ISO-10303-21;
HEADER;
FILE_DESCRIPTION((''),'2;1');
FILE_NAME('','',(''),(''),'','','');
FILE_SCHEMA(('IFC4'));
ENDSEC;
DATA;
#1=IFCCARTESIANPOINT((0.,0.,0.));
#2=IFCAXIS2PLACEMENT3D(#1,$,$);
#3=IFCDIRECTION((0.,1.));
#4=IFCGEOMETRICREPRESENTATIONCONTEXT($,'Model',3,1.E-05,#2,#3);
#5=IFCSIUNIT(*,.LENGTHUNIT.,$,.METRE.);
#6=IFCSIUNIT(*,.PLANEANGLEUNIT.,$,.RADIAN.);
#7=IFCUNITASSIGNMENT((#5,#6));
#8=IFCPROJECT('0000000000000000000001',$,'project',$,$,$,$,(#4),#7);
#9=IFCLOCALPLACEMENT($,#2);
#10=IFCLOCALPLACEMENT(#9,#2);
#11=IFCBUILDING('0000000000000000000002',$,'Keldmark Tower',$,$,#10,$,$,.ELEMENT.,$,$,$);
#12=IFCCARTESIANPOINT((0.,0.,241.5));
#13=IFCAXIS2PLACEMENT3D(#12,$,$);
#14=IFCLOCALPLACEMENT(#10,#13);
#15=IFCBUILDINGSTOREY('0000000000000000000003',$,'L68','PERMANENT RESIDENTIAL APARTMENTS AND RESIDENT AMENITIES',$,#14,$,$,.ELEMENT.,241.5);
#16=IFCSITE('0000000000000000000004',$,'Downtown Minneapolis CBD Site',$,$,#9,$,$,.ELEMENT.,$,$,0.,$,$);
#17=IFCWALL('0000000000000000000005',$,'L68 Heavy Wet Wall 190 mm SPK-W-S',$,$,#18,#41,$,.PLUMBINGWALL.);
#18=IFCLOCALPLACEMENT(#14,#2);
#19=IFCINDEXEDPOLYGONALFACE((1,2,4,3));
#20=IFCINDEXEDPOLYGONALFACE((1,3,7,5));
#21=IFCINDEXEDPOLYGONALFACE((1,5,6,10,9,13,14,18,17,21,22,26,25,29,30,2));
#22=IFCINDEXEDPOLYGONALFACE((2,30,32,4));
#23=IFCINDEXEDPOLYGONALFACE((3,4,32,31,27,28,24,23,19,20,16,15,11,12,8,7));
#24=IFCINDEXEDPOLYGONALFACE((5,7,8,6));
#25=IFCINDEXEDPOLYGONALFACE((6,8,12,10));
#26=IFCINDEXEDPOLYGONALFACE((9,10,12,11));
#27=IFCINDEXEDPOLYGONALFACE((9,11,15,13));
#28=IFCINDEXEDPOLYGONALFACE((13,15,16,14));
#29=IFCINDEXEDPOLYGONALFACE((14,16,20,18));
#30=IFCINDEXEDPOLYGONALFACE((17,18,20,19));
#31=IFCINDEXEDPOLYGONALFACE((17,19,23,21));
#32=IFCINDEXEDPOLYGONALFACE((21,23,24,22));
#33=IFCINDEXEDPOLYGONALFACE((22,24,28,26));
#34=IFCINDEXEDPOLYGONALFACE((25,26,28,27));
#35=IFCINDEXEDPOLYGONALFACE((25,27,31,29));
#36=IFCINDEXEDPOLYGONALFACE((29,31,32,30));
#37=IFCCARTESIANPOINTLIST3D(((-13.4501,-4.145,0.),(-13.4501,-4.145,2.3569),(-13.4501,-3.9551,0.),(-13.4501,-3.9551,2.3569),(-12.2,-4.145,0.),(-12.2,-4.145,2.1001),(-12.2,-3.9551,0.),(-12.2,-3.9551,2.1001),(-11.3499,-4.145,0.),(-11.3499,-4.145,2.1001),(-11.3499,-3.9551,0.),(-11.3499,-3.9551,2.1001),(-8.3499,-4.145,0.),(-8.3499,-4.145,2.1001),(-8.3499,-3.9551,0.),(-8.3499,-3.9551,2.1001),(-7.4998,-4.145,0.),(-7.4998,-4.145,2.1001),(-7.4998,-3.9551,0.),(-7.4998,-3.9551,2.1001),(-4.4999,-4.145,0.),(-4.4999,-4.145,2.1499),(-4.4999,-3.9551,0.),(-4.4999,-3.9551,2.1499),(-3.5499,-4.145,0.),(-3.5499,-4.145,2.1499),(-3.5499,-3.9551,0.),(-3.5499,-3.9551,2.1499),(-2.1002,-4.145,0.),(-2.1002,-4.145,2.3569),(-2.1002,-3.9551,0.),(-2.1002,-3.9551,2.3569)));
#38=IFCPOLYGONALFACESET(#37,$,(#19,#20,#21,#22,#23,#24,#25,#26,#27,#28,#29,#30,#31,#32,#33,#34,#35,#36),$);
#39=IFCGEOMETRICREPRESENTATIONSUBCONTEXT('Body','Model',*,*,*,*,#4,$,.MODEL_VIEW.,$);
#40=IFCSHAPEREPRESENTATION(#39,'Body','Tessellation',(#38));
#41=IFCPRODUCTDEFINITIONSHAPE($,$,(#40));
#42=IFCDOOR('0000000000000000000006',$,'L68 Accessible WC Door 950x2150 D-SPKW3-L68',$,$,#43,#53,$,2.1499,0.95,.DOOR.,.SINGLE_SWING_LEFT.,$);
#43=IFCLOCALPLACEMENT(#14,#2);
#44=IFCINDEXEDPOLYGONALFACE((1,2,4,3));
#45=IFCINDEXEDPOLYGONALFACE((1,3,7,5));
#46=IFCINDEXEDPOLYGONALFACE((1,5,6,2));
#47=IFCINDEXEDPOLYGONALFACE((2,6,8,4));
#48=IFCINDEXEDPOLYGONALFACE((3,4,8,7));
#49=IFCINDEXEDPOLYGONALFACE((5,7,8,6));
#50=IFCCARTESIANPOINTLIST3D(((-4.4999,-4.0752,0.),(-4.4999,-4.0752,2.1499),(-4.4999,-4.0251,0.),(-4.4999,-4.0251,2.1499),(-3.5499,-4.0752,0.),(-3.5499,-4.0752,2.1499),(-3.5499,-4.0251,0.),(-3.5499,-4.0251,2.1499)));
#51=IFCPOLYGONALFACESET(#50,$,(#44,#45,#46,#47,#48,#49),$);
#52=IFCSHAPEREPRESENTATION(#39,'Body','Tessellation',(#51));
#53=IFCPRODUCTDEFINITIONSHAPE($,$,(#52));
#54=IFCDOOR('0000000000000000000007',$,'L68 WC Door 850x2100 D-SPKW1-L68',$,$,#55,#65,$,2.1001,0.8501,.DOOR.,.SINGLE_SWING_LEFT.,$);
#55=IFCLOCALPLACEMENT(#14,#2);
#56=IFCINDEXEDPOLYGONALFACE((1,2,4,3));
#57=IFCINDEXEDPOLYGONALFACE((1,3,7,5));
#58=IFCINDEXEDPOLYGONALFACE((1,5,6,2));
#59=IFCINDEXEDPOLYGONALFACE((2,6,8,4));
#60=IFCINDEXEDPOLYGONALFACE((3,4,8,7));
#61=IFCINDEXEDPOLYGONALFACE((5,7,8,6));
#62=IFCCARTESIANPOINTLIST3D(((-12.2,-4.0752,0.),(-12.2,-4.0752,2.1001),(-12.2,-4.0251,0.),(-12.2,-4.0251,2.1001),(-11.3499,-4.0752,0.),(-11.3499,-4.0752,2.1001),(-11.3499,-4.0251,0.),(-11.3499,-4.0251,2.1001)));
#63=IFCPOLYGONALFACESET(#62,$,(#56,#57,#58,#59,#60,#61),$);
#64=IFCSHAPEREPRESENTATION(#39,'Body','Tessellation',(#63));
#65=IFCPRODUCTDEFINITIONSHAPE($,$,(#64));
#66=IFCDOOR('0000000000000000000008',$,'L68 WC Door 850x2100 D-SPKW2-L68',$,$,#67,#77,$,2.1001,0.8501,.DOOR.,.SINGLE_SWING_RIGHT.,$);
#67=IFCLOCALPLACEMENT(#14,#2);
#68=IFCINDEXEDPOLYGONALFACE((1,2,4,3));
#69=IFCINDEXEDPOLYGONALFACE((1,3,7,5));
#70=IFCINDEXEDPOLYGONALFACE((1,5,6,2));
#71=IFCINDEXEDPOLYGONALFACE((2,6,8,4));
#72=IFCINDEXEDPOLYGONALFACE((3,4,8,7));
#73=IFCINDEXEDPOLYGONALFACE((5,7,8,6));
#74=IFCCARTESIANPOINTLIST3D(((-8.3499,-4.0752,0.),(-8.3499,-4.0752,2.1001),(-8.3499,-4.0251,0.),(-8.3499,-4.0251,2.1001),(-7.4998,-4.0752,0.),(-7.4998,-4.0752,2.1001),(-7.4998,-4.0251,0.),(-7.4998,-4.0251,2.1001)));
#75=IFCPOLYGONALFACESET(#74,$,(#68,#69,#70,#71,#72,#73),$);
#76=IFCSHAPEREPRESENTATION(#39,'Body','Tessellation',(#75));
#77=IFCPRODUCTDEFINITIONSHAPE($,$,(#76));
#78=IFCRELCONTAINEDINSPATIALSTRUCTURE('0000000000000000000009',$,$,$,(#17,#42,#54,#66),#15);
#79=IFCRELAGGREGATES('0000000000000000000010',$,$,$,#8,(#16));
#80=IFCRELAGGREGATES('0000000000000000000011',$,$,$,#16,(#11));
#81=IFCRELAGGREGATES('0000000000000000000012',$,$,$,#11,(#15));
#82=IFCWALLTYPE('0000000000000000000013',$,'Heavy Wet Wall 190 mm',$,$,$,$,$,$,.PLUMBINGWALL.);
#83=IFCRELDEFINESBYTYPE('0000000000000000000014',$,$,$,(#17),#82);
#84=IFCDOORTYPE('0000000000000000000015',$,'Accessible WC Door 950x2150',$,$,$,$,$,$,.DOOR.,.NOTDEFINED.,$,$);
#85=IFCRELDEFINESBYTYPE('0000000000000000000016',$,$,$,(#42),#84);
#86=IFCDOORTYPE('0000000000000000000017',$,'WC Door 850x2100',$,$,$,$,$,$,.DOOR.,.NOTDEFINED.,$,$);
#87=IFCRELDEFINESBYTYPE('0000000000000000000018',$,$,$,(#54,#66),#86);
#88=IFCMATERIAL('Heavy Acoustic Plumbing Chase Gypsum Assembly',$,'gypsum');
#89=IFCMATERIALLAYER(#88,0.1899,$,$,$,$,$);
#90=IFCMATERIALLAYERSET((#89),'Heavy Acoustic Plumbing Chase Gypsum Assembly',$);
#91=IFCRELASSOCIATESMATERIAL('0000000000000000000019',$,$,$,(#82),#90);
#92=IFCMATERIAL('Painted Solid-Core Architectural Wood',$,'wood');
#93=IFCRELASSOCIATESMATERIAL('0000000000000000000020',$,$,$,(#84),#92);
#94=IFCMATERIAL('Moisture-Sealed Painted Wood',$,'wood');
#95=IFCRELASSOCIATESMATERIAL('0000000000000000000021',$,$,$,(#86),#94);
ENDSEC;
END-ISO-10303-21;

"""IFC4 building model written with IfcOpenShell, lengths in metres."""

from ifc_helpers import new_model, si_unit, direction, frame, frame_2d, origin, place, context, subcontext, project, spatial, rectangle, extrude, material, layer, layer_set, type_object, element, fill, save


model = new_model("IFC4")

# Units and contexts
model_context = context("Model", 3, precision=1e-05, world=origin(), true_north=direction((0.0, 1.0)))
body_context = subcontext(model_context, "Body", "Model", "MODEL_VIEW")
ifc_project = project(units=[si_unit("LENGTHUNIT", "METRE"), si_unit("PLANEANGLEUNIT", "RADIAN")], contexts=[model_context])

# Site, building, storey
site_placement = place(None, origin())
site = spatial("IfcSite", under=ifc_project, at=site_placement, Name="Downtown Minneapolis CBD Site", CompositionType="ELEMENT", RefElevation=0.0)
building_placement = place(site_placement, origin())
building = spatial("IfcBuilding", under=site, at=building_placement, Name="Keldmark Tower", CompositionType="ELEMENT")
storey_placement = place(building_placement, frame((0.0, 0.0, 241.5)))
storey = spatial("IfcBuildingStorey", under=building, at=storey_placement, Name="L68", Description="PERMANENT RESIDENTIAL APARTMENTS AND RESIDENT AMENITIES", CompositionType="ELEMENT", Elevation=241.5)

# Wall, openings, doors
ifc_material_1 = material(Name="Heavy Acoustic Plumbing Chase Gypsum Assembly", Category="gypsum")
ifc_layer_1 = layer(ifc_material_1, 0.1899)
ifc_layer_set_1 = layer_set([ifc_layer_1], Name="Heavy Acoustic Plumbing Chase Gypsum Assembly")
wall_type_1 = type_object("IfcWallType", Name="Heavy Wet Wall 190 mm", PredefinedType="PLUMBINGWALL", material=ifc_layer_set_1)
wall_1_placement = place(storey_placement, frame((-13.45, -4.05, 0.0), z_axis=(0.0, 0.0, 1.0), x_axis=(1.0, 0.0, 0.0)))
wall_1 = element("IfcWall", 1, at=wall_1_placement, inside=storey, type_object=wall_type_1, Name="L68 Heavy Wet Wall 190 mm SPK-W-S", PredefinedType="PLUMBINGWALL", context=body_context, shape_type="SweptSolid", body=[
    extrude(rectangle(XDim=11.3499, YDim=0.1899, at=frame_2d((5.6748, 0.0))), origin(), (0.0, 0.0, 1.0), 2.3569),
])
opening_1_placement = place(wall_1_placement, frame((1.25, 0.0, 0.0)))
opening_1 = element("IfcOpeningElement", 2, at=opening_1_placement, cuts=wall_1, PredefinedType="OPENING", context=body_context, shape_type="SweptSolid", body=[
    extrude(rectangle(XDim=0.8501, YDim=2.1001, at=frame_2d((0.425, 1.05))), frame((0.0, 0.105, 0.0), z_axis=(0.0, -1.0, 0.0), x_axis=(1.0, 0.0, 0.0)), (0.0, 0.0, 1.0), 0.21),
])
opening_2_placement = place(wall_1_placement, frame((5.1001, 0.0, 0.0)))
opening_2 = element("IfcOpeningElement", 3, at=opening_2_placement, cuts=wall_1, PredefinedType="OPENING", context=body_context, shape_type="SweptSolid", body=[
    extrude(rectangle(XDim=0.8501, YDim=2.1001, at=frame_2d((0.425, 1.05))), frame((0.0, 0.105, 0.0), z_axis=(0.0, -1.0, 0.0), x_axis=(1.0, 0.0, 0.0)), (0.0, 0.0, 1.0), 0.21),
])
opening_3_placement = place(wall_1_placement, frame((8.95, 0.0, 0.0)))
opening_3 = element("IfcOpeningElement", 4, at=opening_3_placement, cuts=wall_1, PredefinedType="OPENING", context=body_context, shape_type="SweptSolid", body=[
    extrude(rectangle(XDim=0.95, YDim=2.1499, at=frame_2d((0.4751, 1.075))), frame((0.0, 0.105, 0.0), z_axis=(0.0, -1.0, 0.0), x_axis=(1.0, 0.0, 0.0)), (0.0, 0.0, 1.0), 0.21),
])
ifc_material_2 = material(Name="Painted Solid-Core Architectural Wood", Category="wood")
door_type_1 = type_object("IfcDoorType", Name="Accessible WC Door 950x2150", OperationType="NOTDEFINED", PredefinedType="DOOR", material=ifc_material_2)
door_1_placement = place(opening_3_placement, origin())
door_1 = element("IfcDoor", 5, at=door_1_placement, inside=storey, type_object=door_type_1, Name="L68 Accessible WC Door 950x2150 D-SPKW3-L68", OperationType="SINGLE_SWING_LEFT", OverallHeight=2.1499, OverallWidth=0.95, PredefinedType="DOOR", context=body_context, shape_type="SweptSolid", body=[
    extrude(rectangle(XDim=0.95, YDim=2.1499, at=frame_2d((0.4751, 1.075))), frame((0.0, 0.0249, 0.0), z_axis=(0.0, -1.0, 0.0), x_axis=(1.0, 0.0, 0.0)), (0.0, 0.0, 1.0), 0.05),
])
fill(opening_3, door_1)
ifc_material_3 = material(Name="Moisture-Sealed Painted Wood", Category="wood")
door_type_2 = type_object("IfcDoorType", Name="WC Door 850x2100", OperationType="NOTDEFINED", PredefinedType="DOOR", material=ifc_material_3)
door_2_placement = place(opening_1_placement, origin())
door_2 = element("IfcDoor", 6, at=door_2_placement, inside=storey, type_object=door_type_2, Name="L68 WC Door 850x2100 D-SPKW1-L68", OperationType="SINGLE_SWING_LEFT", OverallHeight=2.1001, OverallWidth=0.8501, PredefinedType="DOOR", context=body_context, shape_type="SweptSolid", body=[
    extrude(rectangle(XDim=0.8501, YDim=2.1001, at=frame_2d((0.425, 1.05))), frame((0.0, 0.0249, 0.0), z_axis=(0.0, -1.0, 0.0), x_axis=(1.0, 0.0, 0.0)), (0.0, 0.0, 1.0), 0.05),
])
fill(opening_1, door_2)
door_3_placement = place(opening_2_placement, origin())
door_3 = element("IfcDoor", 7, at=door_3_placement, inside=storey, type_object=door_type_2, Name="L68 WC Door 850x2100 D-SPKW2-L68", OperationType="SINGLE_SWING_RIGHT", OverallHeight=2.1001, OverallWidth=0.8501, PredefinedType="DOOR", context=body_context, shape_type="SweptSolid", body=[
    extrude(rectangle(XDim=0.8501, YDim=2.1001, at=frame_2d((0.425, 1.05))), frame((0.0, 0.0249, 0.0), z_axis=(0.0, -1.0, 0.0), x_axis=(1.0, 0.0, 0.0)), (0.0, 0.0, 1.0), 0.05),
])
fill(opening_2, door_3)

save(model, "model.ifc")
